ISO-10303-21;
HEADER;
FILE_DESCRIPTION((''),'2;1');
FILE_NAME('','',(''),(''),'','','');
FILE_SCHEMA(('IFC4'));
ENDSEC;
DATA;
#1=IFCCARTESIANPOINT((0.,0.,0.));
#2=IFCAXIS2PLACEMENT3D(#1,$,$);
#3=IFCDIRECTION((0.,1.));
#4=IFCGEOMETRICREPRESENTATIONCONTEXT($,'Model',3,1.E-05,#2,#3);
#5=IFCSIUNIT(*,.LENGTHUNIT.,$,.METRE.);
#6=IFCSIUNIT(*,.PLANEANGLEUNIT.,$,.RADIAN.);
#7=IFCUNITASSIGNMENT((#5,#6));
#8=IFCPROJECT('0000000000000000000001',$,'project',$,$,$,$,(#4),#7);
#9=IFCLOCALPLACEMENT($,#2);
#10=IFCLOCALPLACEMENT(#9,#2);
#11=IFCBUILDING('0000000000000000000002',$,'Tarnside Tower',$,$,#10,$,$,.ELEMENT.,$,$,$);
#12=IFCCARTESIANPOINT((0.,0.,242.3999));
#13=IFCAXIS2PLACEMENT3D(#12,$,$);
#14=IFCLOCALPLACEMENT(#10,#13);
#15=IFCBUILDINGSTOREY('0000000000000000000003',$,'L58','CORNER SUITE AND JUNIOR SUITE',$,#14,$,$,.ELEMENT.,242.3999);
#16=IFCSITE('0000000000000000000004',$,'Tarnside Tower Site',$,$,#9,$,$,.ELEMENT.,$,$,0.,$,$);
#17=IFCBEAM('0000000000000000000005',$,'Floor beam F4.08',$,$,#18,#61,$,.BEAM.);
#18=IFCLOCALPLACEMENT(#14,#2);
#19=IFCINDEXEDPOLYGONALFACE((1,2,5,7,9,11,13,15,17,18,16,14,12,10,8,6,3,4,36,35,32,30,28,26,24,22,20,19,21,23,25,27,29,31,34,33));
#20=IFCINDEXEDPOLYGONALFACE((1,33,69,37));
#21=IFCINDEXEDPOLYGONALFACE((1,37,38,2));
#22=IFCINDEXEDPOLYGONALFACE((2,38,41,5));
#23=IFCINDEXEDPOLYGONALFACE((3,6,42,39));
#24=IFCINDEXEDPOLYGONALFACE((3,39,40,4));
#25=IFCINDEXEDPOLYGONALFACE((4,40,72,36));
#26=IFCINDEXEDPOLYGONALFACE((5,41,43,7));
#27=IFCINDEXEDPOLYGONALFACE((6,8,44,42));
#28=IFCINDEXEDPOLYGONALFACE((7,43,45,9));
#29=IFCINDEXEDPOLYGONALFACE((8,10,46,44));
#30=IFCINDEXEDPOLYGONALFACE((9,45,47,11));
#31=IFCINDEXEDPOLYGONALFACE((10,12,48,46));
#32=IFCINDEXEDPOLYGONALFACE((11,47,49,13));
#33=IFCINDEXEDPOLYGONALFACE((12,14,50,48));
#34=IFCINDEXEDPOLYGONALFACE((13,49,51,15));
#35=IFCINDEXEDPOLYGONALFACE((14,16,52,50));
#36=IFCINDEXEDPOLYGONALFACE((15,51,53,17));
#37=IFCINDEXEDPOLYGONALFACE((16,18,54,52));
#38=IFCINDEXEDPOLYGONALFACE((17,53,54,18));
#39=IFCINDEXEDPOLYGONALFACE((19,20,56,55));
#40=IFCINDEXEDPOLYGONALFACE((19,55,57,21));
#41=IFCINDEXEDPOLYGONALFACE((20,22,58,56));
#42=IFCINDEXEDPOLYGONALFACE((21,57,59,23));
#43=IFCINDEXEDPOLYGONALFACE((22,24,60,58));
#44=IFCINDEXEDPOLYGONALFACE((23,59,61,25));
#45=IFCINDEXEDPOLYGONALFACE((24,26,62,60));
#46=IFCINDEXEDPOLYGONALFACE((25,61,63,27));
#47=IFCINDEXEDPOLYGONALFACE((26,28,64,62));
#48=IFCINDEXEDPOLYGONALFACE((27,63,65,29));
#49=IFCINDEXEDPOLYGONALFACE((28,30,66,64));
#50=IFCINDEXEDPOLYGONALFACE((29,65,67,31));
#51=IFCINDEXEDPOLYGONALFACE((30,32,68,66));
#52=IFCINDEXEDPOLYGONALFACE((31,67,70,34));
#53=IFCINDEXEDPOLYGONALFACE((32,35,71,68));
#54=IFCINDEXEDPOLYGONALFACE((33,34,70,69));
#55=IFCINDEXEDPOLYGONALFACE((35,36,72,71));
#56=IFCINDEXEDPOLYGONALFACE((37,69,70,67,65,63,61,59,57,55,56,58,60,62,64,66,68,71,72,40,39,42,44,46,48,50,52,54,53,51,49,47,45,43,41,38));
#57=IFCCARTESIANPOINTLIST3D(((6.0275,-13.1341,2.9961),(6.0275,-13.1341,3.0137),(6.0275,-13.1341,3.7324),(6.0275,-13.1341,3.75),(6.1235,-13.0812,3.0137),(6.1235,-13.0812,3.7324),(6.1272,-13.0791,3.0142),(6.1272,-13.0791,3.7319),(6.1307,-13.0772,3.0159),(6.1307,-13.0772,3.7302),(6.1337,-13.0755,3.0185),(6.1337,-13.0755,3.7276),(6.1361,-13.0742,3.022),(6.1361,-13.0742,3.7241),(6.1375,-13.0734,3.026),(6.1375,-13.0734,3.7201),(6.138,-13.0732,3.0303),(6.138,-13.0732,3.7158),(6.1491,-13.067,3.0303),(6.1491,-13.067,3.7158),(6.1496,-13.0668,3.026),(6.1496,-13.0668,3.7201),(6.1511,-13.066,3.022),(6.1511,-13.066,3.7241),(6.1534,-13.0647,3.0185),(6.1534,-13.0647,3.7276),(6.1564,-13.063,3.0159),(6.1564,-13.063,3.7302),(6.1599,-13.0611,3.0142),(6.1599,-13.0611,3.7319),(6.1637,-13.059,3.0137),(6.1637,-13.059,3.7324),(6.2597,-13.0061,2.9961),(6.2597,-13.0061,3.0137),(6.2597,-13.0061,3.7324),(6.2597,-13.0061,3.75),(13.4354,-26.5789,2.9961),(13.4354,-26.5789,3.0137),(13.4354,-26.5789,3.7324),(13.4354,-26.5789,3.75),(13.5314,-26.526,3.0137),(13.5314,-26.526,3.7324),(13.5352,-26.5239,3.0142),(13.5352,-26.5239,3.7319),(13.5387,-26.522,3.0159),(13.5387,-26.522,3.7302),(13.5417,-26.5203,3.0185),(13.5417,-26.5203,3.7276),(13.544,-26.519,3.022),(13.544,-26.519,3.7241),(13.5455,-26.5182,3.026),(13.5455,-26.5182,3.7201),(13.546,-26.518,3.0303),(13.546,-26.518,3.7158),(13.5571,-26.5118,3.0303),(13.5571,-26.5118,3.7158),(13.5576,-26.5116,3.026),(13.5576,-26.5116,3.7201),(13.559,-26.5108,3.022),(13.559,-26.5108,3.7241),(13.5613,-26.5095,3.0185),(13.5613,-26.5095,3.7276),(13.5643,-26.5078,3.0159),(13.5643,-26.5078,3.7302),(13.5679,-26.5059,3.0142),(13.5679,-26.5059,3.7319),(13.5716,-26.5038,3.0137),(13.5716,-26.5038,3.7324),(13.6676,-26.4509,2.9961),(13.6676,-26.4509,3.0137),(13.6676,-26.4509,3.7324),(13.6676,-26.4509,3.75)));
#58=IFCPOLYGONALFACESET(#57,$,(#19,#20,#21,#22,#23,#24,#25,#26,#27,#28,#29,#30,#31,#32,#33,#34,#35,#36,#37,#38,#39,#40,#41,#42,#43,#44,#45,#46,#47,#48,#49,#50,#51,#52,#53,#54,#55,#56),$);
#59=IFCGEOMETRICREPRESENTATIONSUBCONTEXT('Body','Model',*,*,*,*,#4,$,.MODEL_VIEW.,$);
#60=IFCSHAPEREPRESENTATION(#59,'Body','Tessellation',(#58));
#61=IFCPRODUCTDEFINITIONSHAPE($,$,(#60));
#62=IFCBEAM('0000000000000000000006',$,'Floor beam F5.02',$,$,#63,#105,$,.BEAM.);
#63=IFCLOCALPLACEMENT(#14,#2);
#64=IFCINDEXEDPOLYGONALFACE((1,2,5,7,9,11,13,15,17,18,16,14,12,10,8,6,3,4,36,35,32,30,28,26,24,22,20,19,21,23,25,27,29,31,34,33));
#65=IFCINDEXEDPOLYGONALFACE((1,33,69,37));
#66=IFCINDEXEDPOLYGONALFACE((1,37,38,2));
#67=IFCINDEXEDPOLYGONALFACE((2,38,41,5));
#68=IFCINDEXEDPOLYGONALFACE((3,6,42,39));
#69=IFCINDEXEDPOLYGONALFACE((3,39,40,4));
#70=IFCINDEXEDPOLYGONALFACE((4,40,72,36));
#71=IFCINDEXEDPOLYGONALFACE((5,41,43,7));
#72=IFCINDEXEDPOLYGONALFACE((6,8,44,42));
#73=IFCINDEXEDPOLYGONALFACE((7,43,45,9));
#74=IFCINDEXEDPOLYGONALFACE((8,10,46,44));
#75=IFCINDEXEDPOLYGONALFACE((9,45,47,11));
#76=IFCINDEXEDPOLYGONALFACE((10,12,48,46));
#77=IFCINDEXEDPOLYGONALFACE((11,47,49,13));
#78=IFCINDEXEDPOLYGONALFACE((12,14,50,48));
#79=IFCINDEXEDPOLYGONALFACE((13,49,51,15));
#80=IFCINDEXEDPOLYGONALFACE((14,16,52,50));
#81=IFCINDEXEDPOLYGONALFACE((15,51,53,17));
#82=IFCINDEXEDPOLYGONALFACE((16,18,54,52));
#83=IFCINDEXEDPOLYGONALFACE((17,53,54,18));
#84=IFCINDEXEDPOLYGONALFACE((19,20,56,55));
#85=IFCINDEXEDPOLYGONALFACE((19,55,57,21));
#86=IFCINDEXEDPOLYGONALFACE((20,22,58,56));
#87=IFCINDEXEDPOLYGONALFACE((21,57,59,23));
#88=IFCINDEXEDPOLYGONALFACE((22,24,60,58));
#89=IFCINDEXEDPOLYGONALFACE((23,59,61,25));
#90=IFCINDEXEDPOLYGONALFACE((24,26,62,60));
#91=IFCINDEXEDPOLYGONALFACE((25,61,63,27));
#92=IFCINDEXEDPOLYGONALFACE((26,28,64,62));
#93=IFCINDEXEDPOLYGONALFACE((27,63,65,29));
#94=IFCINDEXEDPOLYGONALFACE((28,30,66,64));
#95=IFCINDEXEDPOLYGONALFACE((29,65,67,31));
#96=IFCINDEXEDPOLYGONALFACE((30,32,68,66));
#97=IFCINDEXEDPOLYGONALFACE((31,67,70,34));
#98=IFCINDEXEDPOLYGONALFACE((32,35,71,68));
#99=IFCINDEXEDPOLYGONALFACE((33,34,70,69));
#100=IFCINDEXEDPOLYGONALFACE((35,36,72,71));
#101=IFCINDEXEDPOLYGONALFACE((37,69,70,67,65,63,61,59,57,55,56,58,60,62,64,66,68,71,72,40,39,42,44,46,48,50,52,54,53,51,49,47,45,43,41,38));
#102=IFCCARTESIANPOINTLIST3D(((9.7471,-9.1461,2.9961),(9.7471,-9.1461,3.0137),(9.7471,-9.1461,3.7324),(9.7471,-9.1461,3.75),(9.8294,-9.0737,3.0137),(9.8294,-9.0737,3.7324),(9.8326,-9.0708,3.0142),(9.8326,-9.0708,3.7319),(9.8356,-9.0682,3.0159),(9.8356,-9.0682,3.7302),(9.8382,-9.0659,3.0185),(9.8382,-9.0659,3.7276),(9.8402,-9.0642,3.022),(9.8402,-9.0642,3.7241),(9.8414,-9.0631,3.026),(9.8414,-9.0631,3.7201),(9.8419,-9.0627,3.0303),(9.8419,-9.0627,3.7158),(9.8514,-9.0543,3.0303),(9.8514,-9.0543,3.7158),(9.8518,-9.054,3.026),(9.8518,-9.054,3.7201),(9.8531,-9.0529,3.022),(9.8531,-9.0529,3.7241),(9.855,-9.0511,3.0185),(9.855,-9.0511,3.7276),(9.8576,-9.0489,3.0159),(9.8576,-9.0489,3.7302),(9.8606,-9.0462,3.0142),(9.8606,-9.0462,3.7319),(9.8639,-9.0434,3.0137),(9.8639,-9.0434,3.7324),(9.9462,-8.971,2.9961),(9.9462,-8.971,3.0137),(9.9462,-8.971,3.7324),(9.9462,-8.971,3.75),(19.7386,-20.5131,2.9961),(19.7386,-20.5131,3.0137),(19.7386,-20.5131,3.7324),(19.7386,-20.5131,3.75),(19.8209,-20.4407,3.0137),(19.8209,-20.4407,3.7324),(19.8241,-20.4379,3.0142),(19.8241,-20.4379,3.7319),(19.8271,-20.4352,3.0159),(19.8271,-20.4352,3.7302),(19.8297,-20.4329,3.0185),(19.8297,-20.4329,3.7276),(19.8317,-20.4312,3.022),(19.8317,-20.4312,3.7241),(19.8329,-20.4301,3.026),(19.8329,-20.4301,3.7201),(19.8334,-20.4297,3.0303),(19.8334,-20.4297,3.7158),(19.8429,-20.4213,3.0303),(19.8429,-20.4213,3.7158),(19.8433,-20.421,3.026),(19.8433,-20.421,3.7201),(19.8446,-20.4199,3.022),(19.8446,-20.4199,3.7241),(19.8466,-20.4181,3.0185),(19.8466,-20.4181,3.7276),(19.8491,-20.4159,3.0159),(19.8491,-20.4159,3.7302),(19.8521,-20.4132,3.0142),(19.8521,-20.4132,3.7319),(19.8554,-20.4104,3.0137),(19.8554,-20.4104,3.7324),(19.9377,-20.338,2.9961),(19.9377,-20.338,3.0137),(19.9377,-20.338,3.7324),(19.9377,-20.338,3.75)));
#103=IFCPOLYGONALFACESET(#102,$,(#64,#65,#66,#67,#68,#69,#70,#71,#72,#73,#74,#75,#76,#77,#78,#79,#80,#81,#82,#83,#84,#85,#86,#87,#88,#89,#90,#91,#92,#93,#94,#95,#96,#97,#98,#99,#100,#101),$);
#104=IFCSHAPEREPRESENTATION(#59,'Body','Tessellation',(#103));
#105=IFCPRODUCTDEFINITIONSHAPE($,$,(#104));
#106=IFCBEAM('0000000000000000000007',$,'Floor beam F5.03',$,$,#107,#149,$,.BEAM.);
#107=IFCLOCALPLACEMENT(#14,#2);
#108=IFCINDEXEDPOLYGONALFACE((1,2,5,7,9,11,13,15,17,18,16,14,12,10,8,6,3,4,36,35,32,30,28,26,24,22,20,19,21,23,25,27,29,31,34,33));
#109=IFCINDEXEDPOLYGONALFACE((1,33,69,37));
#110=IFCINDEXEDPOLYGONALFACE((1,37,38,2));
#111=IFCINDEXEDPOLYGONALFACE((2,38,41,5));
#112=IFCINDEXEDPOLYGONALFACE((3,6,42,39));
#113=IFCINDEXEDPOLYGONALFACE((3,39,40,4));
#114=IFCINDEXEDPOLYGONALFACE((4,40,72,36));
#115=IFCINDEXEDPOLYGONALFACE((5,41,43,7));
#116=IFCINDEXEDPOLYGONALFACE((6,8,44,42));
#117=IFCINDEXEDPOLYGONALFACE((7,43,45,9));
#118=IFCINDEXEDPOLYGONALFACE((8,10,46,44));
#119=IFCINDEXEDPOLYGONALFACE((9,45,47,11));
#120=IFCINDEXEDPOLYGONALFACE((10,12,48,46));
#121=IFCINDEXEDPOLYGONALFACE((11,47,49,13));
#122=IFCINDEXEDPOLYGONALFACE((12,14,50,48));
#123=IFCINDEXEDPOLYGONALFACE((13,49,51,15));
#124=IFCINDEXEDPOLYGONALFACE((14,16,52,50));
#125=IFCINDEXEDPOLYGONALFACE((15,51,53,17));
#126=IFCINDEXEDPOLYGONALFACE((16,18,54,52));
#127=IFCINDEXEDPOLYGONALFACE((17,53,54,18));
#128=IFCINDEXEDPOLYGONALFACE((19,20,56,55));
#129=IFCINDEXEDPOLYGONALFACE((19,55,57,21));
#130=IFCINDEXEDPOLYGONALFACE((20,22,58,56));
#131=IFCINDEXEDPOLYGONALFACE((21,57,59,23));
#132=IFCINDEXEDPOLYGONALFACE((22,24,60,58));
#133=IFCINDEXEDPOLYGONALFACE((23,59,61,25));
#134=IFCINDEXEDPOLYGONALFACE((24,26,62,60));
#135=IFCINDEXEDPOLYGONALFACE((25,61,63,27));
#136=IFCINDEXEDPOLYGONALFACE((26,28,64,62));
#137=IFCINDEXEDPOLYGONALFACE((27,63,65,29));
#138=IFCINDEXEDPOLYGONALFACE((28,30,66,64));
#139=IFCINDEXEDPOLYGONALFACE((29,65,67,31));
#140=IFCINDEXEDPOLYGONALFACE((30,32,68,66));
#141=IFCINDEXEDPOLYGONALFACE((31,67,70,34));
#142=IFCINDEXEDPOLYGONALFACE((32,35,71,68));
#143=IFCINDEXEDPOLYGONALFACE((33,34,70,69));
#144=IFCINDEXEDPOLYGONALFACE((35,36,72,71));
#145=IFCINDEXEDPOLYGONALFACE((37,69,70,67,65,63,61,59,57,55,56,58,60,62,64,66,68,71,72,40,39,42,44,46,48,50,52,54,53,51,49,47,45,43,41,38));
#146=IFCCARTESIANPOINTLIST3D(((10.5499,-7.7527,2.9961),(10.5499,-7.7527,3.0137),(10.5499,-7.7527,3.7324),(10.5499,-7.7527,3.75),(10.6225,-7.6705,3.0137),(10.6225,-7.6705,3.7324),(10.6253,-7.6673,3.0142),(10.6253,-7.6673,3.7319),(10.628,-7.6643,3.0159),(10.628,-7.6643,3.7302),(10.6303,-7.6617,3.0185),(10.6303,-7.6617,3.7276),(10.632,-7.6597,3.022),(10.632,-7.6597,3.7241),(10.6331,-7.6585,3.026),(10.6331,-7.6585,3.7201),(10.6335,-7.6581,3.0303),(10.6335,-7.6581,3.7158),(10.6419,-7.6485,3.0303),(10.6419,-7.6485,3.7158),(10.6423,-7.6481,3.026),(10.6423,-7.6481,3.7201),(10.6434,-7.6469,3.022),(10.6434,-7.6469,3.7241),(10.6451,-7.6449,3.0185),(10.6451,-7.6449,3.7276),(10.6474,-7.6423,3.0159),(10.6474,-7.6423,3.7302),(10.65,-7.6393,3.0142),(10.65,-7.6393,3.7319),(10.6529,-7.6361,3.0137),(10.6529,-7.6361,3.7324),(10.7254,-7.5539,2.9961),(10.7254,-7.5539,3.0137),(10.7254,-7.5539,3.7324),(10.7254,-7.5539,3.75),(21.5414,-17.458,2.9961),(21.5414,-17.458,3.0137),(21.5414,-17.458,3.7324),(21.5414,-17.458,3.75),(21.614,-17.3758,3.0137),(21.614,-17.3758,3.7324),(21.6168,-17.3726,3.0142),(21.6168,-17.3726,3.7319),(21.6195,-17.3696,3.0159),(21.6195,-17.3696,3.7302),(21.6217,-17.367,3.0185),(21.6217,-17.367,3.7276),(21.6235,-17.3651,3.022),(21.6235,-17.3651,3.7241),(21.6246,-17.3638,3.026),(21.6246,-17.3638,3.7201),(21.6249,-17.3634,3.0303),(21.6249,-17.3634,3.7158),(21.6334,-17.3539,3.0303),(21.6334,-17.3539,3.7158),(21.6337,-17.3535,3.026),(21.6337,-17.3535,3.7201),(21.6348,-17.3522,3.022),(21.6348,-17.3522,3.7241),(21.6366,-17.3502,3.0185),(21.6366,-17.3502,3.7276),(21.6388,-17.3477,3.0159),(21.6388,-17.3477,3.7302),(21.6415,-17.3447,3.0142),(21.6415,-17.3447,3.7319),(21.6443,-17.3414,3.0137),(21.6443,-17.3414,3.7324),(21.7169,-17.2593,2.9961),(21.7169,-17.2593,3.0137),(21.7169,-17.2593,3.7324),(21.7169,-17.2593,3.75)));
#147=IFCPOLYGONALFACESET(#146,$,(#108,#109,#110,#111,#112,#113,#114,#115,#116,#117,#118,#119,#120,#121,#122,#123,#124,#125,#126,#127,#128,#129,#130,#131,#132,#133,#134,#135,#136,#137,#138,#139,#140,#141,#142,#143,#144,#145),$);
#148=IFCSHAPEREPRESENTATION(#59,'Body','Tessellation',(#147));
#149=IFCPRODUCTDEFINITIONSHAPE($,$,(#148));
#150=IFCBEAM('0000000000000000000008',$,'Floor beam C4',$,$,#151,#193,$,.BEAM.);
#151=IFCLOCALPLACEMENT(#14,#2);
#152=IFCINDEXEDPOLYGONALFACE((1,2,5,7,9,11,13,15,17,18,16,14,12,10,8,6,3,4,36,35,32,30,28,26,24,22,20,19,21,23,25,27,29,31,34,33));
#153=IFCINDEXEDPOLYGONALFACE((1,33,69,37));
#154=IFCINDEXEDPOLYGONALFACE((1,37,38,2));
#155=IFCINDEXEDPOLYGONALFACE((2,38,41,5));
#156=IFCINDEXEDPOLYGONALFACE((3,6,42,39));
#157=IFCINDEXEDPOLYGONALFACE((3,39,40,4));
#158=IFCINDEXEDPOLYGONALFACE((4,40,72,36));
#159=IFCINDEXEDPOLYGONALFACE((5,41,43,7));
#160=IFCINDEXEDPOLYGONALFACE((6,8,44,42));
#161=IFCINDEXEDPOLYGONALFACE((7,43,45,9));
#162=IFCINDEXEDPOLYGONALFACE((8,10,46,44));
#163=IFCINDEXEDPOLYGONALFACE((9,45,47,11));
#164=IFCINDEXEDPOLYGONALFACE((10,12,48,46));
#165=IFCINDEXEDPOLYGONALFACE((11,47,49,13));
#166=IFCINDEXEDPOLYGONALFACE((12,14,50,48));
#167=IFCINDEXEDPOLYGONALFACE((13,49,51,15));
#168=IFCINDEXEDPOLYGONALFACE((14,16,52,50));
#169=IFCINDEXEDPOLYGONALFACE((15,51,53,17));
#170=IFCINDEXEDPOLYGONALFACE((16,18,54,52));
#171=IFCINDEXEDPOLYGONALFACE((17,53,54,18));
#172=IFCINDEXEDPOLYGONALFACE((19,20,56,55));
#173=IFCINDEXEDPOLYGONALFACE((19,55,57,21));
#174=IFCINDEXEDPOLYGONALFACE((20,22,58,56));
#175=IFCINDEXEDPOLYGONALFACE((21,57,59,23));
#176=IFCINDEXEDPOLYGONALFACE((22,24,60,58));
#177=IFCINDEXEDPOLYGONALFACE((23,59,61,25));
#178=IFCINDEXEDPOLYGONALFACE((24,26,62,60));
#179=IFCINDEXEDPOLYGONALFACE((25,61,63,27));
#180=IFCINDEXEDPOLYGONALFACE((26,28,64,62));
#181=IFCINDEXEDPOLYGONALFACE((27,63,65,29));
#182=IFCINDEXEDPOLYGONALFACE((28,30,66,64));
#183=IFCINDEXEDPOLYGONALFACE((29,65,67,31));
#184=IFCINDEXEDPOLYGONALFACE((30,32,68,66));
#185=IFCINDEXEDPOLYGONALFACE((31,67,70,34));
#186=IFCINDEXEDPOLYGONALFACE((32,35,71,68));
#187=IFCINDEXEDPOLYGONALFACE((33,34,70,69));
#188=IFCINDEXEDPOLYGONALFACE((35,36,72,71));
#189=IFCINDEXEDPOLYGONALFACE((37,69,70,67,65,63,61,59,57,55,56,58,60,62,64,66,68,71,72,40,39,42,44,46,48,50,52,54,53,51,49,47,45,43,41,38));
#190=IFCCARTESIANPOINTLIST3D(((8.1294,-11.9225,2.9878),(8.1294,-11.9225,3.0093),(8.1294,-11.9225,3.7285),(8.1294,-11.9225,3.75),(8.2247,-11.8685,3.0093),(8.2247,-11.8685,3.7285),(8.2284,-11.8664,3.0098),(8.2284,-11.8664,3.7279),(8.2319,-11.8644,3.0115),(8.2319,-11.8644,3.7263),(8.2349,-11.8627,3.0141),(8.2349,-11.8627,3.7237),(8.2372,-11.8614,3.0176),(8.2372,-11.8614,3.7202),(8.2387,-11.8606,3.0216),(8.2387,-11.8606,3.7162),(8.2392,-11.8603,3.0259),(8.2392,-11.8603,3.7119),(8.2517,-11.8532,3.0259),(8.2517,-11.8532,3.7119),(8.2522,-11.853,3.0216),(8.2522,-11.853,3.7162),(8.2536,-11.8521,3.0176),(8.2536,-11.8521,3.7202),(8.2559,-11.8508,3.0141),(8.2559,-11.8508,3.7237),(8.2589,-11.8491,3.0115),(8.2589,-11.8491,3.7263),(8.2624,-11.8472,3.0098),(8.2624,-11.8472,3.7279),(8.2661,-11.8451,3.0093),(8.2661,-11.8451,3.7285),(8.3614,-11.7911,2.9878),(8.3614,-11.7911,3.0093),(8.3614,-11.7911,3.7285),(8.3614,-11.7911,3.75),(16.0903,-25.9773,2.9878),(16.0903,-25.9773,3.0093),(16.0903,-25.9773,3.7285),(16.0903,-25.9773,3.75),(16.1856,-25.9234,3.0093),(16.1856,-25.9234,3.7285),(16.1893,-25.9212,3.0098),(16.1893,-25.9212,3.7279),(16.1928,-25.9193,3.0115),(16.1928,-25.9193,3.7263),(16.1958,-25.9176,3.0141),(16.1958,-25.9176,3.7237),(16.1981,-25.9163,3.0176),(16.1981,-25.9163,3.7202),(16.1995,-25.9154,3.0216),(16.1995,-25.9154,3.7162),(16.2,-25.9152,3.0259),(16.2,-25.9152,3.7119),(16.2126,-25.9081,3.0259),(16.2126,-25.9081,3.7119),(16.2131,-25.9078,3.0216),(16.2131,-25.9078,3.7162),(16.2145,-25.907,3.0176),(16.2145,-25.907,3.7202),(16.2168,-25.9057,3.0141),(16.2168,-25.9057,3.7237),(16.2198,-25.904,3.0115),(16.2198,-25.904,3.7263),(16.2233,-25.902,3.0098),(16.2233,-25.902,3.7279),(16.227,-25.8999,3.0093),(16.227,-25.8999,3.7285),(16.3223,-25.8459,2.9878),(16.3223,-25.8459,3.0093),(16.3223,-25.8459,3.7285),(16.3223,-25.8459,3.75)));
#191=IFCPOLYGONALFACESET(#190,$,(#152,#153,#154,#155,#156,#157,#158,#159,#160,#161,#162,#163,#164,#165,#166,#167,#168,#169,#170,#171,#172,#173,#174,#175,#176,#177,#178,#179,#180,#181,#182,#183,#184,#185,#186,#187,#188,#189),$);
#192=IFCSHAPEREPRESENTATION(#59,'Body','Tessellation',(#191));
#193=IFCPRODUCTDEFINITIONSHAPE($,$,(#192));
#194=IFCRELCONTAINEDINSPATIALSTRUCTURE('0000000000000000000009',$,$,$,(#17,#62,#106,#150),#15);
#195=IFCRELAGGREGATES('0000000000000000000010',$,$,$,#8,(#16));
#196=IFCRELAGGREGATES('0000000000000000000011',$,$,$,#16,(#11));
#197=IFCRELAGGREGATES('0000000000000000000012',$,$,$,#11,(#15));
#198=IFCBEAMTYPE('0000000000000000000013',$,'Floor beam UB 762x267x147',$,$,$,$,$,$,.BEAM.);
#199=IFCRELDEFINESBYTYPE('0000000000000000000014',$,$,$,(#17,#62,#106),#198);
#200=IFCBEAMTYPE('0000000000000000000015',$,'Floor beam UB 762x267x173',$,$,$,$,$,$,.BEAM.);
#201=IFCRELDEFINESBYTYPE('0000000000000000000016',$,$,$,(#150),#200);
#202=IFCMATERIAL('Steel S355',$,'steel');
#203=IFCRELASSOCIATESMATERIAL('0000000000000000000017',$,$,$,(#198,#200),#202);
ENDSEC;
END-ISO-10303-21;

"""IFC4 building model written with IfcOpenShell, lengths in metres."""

from ifc_helpers import new_model, si_unit, direction, frame, origin, origin_2d, place, context, subcontext, project, spatial, i_section, extrude, material, material_profile, profile_set, type_object, element, save


model = new_model("IFC4")

# Units and contexts
model_context = context("Model", 3, precision=1e-05, world=origin(), true_north=direction((0.0, 1.0)))
body_context = subcontext(model_context, "Body", "Model", "MODEL_VIEW")
ifc_project = project(units=[si_unit("LENGTHUNIT", "METRE"), si_unit("PLANEANGLEUNIT", "RADIAN")], contexts=[model_context])

# Site, building, storey
site_placement = place(None, origin())
site = spatial("IfcSite", under=ifc_project, at=site_placement, Name="Tarnside Tower Site", CompositionType="ELEMENT", RefElevation=0.0)
building_placement = place(site_placement, origin())
building = spatial("IfcBuilding", under=site, at=building_placement, Name="Tarnside Tower", CompositionType="ELEMENT")
storey_placement = place(building_placement, frame((0.0, 0.0, 242.3999)))
storey = spatial("IfcBuildingStorey", under=building, at=storey_placement, Name="L58", Description="CORNER SUITE AND JUNIOR SUITE", CompositionType="ELEMENT", Elevation=242.3999)

# Beams
ifc_material_1 = material(Name="Steel S355", Category="steel")
ifc_material_profile_1 = material_profile(ifc_material_1, i_section(OverallWidth=0.2651, OverallDepth=0.7539, WebThickness=0.0127, FlangeThickness=0.0176, FilletRadius=0.0166, at=origin_2d()), Name="UB 762x267x147")
ifc_profile_set_1 = profile_set([ifc_material_profile_1], Name="Steel S355")
beam_type_1 = type_object("IfcBeamType", Name="Floor beam UB 762x267x147", PredefinedType="BEAM", material=ifc_profile_set_1)
beam_1_placement = place(storey_placement, frame((13.5515, -26.5149, 3.373), z_axis=(-0.482584, 0.87585, 0.0), x_axis=(-0.87585, -0.482584, 0.0)))
element("IfcBeam", 1, at=beam_1_placement, inside=storey, type_object=beam_type_1, Name="Floor beam F4.08", PredefinedType="BEAM", context=body_context, shape_type="SweptSolid", body=[
    extrude(i_section(OverallWidth=0.2651, OverallDepth=0.7539, WebThickness=0.0127, FlangeThickness=0.0176, FilletRadius=0.0166, at=origin_2d()), origin(), (0.0, 0.0, 1.0), 15.3506),
])
beam_2_placement = place(storey_placement, frame((19.8381, -20.4255, 3.373), z_axis=(-0.660201, 0.751089, 0.0), x_axis=(-0.751089, -0.660201, 0.0)))
element("IfcBeam", 2, at=beam_2_placement, inside=storey, type_object=beam_type_1, Name="Floor beam F5.02", PredefinedType="BEAM", context=body_context, shape_type="SweptSolid", body=[
    extrude(i_section(OverallWidth=0.2651, OverallDepth=0.7539, WebThickness=0.0127, FlangeThickness=0.0176, FilletRadius=0.0166, at=origin_2d()), origin(), (0.0, 0.0, 1.0), 15.134),
])
beam_3_placement = place(storey_placement, frame((21.6292, -17.3586, 3.373), z_axis=(-0.749602, 0.661889, 0.0), x_axis=(-0.661889, -0.749602, 0.0)))
element("IfcBeam", 3, at=beam_3_placement, inside=storey, type_object=beam_type_1, Name="Floor beam F5.03", PredefinedType="BEAM", context=body_context, shape_type="SweptSolid", body=[
    extrude(i_section(OverallWidth=0.2651, OverallDepth=0.7539, WebThickness=0.0127, FlangeThickness=0.0176, FilletRadius=0.0166, at=origin_2d()), origin(), (0.0, 0.0, 1.0), 14.6631),
])
ifc_material_profile_2 = material_profile(ifc_material_1, i_section(OverallWidth=0.2666, OverallDepth=0.7622, WebThickness=0.0144, FlangeThickness=0.0215, FilletRadius=0.0166, at=origin_2d()), Name="UB 762x267x173")
ifc_profile_set_2 = profile_set([ifc_material_profile_2], Name="Steel S355")
beam_type_2 = type_object("IfcBeamType", Name="Floor beam UB 762x267x173", PredefinedType="BEAM", material=ifc_profile_set_2)
beam_4_placement = place(storey_placement, frame((16.2063, -25.9116, 3.3689), z_axis=(-0.492847, 0.870116, 0.0), x_axis=(-0.870116, -0.492847, 0.0)))
element("IfcBeam", 4, at=beam_4_placement, inside=storey, type_object=beam_type_2, Name="Floor beam C4", PredefinedType="BEAM", context=body_context, shape_type="SweptSolid", body=[
    extrude(i_section(OverallWidth=0.2666, OverallDepth=0.7622, WebThickness=0.0144, FlangeThickness=0.0215, FilletRadius=0.0166, at=origin_2d()), origin(), (0.0, 0.0, 1.0), 16.1528),
])

save(model, "model.ifc")
